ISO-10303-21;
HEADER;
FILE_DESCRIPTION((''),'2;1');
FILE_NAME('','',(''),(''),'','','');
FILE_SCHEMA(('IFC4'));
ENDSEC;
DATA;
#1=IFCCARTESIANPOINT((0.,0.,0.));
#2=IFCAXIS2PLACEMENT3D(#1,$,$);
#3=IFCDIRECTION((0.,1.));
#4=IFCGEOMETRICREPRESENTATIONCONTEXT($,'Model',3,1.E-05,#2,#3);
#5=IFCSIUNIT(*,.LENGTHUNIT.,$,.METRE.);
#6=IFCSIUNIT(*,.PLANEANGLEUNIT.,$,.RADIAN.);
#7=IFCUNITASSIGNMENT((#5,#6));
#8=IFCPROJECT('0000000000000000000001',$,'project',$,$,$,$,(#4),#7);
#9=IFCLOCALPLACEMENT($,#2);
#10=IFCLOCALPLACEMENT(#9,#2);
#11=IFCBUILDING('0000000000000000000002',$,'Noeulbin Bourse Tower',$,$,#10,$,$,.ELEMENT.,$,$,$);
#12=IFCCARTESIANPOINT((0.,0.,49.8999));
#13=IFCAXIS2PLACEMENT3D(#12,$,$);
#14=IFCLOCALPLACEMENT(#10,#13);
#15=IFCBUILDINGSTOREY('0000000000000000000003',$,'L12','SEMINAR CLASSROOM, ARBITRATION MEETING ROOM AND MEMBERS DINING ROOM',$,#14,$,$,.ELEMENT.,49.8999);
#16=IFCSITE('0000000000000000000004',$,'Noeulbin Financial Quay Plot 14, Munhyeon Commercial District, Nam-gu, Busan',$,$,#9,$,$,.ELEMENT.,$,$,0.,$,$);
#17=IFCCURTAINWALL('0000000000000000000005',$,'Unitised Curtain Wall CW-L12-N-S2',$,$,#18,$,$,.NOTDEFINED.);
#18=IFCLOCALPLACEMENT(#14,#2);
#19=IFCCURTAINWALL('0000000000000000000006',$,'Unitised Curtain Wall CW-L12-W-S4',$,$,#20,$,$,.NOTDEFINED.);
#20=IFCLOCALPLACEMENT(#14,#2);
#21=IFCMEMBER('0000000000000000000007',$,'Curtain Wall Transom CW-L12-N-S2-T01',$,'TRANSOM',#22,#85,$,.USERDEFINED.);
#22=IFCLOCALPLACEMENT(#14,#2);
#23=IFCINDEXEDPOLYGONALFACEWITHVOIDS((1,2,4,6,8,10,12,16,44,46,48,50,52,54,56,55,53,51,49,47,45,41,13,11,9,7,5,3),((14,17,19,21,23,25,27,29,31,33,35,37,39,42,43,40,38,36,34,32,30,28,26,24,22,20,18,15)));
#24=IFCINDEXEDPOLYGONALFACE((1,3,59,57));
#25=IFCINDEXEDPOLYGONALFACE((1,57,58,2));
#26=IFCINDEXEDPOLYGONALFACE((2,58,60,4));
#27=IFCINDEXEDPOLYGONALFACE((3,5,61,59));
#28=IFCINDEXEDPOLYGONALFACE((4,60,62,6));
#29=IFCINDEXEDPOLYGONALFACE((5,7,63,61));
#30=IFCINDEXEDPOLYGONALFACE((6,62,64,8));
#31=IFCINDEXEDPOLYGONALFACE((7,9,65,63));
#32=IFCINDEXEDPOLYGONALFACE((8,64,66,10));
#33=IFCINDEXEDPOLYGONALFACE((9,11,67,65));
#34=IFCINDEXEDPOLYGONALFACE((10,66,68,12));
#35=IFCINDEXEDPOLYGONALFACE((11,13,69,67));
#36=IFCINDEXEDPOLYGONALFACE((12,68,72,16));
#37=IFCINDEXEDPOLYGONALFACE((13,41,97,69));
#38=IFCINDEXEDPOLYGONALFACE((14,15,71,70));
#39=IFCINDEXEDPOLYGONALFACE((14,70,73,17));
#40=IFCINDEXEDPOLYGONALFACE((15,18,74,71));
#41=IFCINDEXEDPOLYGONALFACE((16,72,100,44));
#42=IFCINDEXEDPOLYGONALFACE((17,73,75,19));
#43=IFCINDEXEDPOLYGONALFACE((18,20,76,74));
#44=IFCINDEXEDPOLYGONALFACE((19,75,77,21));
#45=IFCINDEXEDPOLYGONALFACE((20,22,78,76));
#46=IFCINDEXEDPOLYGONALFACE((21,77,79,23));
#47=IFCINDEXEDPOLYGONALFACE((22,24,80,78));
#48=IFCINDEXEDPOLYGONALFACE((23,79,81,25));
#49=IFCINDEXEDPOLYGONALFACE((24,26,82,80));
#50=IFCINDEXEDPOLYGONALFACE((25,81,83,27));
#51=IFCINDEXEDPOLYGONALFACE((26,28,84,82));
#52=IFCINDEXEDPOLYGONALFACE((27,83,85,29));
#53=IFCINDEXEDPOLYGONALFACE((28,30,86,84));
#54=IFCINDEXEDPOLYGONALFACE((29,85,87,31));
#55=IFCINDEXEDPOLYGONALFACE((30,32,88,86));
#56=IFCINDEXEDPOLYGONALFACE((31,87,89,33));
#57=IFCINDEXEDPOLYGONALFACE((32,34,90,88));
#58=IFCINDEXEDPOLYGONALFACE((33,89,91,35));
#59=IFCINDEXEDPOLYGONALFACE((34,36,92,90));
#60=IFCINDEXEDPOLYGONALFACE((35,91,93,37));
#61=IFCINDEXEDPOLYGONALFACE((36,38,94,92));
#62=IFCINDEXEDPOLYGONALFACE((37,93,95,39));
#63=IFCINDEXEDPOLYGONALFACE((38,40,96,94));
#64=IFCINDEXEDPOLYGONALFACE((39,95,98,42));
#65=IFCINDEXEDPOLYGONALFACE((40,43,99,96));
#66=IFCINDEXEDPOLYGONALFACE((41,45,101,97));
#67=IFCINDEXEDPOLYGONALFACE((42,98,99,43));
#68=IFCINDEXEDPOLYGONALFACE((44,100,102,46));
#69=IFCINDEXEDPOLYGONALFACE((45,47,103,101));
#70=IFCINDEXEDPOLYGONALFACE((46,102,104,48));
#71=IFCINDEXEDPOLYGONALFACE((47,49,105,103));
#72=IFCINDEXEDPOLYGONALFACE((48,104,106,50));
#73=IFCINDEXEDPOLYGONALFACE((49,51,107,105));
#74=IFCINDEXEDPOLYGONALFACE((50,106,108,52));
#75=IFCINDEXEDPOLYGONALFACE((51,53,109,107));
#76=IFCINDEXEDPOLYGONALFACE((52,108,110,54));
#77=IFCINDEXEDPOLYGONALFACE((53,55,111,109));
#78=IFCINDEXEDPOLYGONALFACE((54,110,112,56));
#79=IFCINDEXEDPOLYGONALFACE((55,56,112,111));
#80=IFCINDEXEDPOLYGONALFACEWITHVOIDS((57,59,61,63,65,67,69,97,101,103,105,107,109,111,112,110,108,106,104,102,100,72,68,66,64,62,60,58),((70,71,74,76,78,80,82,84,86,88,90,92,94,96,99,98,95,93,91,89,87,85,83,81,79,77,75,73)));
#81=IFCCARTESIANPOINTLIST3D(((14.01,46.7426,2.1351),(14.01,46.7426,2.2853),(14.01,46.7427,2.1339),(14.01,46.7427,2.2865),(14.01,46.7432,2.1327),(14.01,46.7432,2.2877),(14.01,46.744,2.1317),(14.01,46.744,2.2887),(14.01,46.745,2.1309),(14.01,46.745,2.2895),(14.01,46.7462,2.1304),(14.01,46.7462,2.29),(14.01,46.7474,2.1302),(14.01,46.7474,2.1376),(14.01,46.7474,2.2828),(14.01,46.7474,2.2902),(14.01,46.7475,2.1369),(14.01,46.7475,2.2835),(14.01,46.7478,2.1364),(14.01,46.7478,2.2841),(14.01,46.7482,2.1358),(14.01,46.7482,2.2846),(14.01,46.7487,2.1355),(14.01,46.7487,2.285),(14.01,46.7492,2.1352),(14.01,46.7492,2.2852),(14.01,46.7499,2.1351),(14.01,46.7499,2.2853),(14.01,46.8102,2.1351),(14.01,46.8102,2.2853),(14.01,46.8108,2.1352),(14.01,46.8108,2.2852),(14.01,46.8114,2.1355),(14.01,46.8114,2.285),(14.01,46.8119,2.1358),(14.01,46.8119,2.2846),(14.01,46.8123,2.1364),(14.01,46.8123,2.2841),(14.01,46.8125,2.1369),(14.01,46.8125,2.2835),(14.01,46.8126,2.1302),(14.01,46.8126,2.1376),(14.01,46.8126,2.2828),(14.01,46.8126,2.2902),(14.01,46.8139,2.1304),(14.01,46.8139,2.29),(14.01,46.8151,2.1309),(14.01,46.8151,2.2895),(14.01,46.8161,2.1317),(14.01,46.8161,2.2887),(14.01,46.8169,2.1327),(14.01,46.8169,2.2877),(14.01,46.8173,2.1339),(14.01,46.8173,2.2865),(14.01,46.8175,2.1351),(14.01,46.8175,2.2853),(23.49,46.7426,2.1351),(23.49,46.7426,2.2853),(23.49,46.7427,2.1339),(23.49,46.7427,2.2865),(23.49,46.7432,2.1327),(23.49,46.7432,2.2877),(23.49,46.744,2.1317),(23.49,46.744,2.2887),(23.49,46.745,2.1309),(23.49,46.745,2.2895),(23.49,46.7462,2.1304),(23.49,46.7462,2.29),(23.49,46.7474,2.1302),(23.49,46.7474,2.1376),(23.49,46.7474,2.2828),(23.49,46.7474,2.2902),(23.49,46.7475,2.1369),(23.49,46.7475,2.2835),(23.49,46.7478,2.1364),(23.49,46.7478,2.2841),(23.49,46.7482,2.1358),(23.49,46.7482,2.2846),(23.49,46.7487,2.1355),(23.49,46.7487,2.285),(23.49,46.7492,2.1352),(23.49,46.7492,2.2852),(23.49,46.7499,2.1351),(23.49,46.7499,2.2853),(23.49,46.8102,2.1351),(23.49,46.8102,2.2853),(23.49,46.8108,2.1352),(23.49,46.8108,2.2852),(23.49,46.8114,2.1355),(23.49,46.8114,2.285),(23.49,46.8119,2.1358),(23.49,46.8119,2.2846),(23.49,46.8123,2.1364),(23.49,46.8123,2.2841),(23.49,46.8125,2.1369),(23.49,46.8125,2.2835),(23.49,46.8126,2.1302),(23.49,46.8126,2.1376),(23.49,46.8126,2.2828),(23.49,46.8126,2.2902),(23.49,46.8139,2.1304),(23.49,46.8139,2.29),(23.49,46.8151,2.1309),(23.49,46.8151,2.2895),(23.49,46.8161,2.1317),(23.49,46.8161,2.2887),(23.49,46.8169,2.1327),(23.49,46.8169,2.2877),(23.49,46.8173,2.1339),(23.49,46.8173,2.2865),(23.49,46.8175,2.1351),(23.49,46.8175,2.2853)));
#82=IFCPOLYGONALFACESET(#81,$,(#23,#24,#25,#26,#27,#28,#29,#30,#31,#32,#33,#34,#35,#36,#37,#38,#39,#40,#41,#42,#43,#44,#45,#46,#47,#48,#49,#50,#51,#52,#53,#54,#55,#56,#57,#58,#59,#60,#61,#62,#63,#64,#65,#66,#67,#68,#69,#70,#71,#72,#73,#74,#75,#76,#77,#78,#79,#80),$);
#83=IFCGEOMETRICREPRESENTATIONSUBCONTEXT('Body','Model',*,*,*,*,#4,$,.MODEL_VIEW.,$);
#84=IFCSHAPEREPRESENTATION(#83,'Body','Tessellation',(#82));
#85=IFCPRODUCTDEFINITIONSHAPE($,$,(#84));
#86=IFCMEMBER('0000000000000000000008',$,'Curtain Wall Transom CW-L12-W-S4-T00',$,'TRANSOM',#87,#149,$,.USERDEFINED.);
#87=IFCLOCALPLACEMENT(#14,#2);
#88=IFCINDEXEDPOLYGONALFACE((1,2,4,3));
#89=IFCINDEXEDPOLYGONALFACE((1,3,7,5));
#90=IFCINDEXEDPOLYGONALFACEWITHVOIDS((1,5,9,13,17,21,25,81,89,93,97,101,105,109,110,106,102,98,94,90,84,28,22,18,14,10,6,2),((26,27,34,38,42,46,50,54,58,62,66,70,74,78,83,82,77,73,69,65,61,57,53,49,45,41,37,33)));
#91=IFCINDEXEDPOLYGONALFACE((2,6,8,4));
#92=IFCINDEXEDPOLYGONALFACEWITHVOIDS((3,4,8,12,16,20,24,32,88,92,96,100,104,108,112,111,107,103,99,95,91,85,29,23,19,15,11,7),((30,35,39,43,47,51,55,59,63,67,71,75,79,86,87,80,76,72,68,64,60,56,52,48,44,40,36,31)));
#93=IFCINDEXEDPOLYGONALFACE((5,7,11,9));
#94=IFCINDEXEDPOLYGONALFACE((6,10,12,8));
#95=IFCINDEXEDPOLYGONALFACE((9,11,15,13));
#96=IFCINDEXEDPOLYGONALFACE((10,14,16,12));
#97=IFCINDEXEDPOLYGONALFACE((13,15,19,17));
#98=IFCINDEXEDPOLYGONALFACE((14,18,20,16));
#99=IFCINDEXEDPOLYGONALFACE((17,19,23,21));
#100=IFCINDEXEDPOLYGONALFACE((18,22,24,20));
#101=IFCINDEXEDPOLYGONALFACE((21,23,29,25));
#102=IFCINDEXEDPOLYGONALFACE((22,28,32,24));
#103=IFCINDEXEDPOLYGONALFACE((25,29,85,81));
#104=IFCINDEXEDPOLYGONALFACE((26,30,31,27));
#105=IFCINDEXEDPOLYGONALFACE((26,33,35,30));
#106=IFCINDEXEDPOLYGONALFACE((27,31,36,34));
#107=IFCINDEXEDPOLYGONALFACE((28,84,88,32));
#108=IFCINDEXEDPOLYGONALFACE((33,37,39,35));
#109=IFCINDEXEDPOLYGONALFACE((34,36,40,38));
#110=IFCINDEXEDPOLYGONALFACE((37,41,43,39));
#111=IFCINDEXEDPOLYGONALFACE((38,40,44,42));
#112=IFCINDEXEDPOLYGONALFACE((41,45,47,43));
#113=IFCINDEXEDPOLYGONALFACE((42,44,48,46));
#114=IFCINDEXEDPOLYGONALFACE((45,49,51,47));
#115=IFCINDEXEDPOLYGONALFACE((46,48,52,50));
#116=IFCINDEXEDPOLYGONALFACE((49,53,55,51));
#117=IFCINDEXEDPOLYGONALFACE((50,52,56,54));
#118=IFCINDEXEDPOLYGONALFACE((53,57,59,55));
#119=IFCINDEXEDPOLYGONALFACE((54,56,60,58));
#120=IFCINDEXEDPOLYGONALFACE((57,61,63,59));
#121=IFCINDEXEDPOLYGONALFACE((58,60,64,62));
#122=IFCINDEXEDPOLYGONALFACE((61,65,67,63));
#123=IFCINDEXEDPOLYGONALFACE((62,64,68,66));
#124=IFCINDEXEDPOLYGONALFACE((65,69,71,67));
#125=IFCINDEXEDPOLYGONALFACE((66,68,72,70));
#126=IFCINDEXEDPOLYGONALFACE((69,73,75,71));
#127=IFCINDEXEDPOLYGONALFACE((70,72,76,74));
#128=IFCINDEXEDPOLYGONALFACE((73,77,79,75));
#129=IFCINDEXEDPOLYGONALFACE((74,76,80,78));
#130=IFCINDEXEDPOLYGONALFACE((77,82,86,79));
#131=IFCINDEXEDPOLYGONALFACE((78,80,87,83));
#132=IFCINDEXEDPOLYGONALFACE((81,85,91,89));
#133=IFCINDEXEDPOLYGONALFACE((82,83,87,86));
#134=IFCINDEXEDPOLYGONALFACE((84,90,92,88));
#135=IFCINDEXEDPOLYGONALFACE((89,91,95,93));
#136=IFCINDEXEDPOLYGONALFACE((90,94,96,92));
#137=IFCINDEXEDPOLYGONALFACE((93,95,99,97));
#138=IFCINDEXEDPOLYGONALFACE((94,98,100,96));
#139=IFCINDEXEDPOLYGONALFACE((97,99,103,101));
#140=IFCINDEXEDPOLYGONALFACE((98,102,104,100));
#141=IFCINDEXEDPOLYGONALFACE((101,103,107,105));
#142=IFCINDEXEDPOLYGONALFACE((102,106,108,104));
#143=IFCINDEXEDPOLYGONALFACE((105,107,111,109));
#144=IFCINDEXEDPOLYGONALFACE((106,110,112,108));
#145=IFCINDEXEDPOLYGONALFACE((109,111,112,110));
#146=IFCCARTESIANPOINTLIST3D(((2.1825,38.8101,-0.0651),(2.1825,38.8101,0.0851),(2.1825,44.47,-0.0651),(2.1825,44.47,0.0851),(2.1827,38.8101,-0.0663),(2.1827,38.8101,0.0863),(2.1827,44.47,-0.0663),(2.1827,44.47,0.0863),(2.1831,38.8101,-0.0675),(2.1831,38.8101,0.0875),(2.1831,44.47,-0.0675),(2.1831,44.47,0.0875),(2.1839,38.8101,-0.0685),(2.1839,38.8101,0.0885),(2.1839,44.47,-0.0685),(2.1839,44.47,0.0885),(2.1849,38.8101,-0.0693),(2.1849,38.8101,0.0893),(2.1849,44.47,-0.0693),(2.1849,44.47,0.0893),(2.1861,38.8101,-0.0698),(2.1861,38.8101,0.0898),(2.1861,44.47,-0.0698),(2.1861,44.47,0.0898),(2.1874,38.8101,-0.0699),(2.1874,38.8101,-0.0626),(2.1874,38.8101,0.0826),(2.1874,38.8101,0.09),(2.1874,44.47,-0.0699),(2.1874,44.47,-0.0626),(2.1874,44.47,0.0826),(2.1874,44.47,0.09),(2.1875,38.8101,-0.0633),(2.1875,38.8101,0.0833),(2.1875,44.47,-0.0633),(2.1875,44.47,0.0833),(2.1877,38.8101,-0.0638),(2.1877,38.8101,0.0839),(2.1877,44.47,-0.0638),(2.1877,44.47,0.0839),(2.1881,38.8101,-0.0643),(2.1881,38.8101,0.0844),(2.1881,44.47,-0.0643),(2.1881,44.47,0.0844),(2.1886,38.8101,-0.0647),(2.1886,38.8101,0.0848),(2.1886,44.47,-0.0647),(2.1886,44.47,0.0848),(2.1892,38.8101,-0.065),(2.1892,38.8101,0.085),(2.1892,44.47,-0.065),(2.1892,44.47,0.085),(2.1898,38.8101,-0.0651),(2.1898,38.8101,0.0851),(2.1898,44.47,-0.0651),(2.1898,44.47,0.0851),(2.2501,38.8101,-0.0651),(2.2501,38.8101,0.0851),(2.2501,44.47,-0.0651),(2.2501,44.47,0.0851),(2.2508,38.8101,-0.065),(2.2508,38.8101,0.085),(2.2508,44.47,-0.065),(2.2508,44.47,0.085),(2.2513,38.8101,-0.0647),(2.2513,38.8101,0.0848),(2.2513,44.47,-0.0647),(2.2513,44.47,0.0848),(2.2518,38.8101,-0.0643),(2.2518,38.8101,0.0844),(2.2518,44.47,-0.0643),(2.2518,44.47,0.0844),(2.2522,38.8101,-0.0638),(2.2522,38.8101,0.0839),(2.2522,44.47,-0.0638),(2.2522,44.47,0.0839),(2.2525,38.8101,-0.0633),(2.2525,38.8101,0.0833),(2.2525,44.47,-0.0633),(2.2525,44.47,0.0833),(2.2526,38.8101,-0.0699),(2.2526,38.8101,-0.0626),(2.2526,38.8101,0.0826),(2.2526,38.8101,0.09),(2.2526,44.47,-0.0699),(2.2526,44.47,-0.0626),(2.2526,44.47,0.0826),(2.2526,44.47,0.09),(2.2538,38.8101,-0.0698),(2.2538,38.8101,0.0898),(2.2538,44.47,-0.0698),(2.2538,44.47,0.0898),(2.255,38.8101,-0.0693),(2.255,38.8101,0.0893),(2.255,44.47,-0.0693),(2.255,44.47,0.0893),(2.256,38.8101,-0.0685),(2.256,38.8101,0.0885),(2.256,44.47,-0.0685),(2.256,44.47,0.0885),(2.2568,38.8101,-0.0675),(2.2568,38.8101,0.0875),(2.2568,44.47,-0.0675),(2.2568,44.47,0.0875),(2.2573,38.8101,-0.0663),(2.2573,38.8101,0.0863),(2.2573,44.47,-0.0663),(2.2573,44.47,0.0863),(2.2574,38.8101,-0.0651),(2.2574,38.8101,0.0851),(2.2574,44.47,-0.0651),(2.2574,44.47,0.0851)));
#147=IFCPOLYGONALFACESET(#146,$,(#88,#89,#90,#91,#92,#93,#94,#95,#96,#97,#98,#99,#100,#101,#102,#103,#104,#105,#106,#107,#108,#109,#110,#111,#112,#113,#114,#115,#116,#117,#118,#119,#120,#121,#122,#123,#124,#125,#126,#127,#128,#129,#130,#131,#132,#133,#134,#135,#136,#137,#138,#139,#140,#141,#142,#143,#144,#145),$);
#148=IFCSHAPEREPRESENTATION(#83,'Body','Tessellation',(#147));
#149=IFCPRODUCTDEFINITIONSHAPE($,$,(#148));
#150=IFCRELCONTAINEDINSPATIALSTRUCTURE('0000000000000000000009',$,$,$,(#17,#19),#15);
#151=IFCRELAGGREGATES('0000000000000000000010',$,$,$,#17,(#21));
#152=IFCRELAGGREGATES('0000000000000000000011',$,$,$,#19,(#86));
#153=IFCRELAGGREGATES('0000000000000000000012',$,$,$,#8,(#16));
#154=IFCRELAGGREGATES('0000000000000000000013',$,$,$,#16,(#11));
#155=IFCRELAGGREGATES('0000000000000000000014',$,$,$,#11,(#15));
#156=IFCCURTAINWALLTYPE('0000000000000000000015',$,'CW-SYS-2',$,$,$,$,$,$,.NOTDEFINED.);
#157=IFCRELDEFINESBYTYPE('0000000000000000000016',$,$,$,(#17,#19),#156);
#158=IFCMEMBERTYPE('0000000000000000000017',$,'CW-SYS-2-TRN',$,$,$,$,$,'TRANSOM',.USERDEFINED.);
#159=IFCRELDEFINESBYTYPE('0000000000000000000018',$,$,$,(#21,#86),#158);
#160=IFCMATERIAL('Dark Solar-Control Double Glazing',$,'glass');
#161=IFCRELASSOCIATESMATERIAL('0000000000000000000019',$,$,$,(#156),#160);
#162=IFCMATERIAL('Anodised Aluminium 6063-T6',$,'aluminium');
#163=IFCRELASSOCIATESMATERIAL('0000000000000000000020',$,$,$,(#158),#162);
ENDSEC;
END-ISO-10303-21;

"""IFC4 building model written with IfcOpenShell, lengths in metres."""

from ifc_helpers import new_model, si_unit, direction, frame, origin, origin_2d, place, context, subcontext, project, spatial, hollow_rectangle, extrude, material, material_profile, profile_set, type_object, element, aggregate, save


model = new_model("IFC4")

# Units and contexts
model_context = context("Model", 3, precision=1e-05, world=origin(), true_north=direction((0.0, 1.0)))
body_context = subcontext(model_context, "Body", "Model", "MODEL_VIEW")
ifc_project = project(units=[si_unit("LENGTHUNIT", "METRE"), si_unit("PLANEANGLEUNIT", "RADIAN")], contexts=[model_context])

# Site, building, storey
site_placement = place(None, origin())
site = spatial("IfcSite", under=ifc_project, at=site_placement, Name="Noeulbin Financial Quay Plot 14, Munhyeon Commercial District, Nam-gu, Busan", CompositionType="ELEMENT", RefElevation=0.0)
building_placement = place(site_placement, origin())
building = spatial("IfcBuilding", under=site, at=building_placement, Name="Noeulbin Bourse Tower", CompositionType="ELEMENT")
storey_placement = place(building_placement, frame((0.0, 0.0, 49.8999)))
storey = spatial("IfcBuildingStorey", under=building, at=storey_placement, Name="L12", Description="SEMINAR CLASSROOM, ARBITRATION MEETING ROOM AND MEMBERS DINING ROOM", CompositionType="ELEMENT", Elevation=49.8999)

# Shared definitions
ifc_material_1 = material(Name="Dark Solar-Control Double Glazing", Category="glass")
curtain_wall_type = type_object("IfcCurtainWallType", Name="CW-SYS-2", PredefinedType="NOTDEFINED", material=ifc_material_1)
ifc_material_2 = material(Name="Anodised Aluminium 6063-T6", Category="aluminium")

# Curtain wall
curtain_wall_1_placement = place(storey_placement, origin())
curtain_wall_1 = element("IfcCurtainWall", 1, at=curtain_wall_1_placement, inside=storey, type_object=curtain_wall_type, Name="Unitised Curtain Wall CW-L12-N-S2", PredefinedType="NOTDEFINED")

# Curtain wall
curtain_wall_2_placement = place(storey_placement, origin())
curtain_wall_2 = element("IfcCurtainWall", 2, at=curtain_wall_2_placement, inside=storey, type_object=curtain_wall_type, Name="Unitised Curtain Wall CW-L12-W-S4", PredefinedType="NOTDEFINED")

# Members
ifc_material_profile_1 = material_profile(ifc_material_2, hollow_rectangle(XDim=0.075, YDim=0.1599, WallThickness=0.0049, InnerFilletRadius=0.0024, OuterFilletRadius=0.0049, at=origin_2d()), Name="ALU-TRAN-75x160x5", Category="LoadBearing")
ifc_profile_set_1 = profile_set([ifc_material_profile_1], Name="Anodised Aluminium 6063-T6")
member_type_1 = type_object("IfcMemberType", Name="CW-SYS-2-TRN", ElementType="TRANSOM", PredefinedType="USERDEFINED", material=ifc_profile_set_1)
member_1_placement = place(storey_placement, frame((14.01, 46.78, 2.2102), z_axis=(1.0, 0.0, 0.0), x_axis=(0.0, 1.0, 0.0)))
member_1 = element("IfcMember", 3, at=member_1_placement, type_object=member_type_1, Name="Curtain Wall Transom CW-L12-N-S2-T01", ObjectType="TRANSOM", PredefinedType="USERDEFINED", context=body_context, shape_type="SweptSolid", body=[
    extrude(hollow_rectangle(XDim=0.075, YDim=0.1599, WallThickness=0.0049, InnerFilletRadius=0.0024, OuterFilletRadius=0.0049, at=origin_2d()), origin(), (0.0, 0.0, 1.0), 9.48),
])
aggregate(curtain_wall_1, [member_1])
member_2_placement = place(storey_placement, frame((2.22, 38.8101, 0.01), z_axis=(0.0, 1.0, 0.0), x_axis=(-1.0, 0.0, 0.0)))
member_2 = element("IfcMember", 4, at=member_2_placement, type_object=member_type_1, Name="Curtain Wall Transom CW-L12-W-S4-T00", ObjectType="TRANSOM", PredefinedType="USERDEFINED", context=body_context, shape_type="SweptSolid", body=[
    extrude(hollow_rectangle(XDim=0.075, YDim=0.1599, WallThickness=0.0049, InnerFilletRadius=0.0024, OuterFilletRadius=0.0049, at=origin_2d()), origin(), (0.0, 0.0, 1.0), 5.6599),
])

aggregate(curtain_wall_2, [member_2])

save(model, "model.ifc")
